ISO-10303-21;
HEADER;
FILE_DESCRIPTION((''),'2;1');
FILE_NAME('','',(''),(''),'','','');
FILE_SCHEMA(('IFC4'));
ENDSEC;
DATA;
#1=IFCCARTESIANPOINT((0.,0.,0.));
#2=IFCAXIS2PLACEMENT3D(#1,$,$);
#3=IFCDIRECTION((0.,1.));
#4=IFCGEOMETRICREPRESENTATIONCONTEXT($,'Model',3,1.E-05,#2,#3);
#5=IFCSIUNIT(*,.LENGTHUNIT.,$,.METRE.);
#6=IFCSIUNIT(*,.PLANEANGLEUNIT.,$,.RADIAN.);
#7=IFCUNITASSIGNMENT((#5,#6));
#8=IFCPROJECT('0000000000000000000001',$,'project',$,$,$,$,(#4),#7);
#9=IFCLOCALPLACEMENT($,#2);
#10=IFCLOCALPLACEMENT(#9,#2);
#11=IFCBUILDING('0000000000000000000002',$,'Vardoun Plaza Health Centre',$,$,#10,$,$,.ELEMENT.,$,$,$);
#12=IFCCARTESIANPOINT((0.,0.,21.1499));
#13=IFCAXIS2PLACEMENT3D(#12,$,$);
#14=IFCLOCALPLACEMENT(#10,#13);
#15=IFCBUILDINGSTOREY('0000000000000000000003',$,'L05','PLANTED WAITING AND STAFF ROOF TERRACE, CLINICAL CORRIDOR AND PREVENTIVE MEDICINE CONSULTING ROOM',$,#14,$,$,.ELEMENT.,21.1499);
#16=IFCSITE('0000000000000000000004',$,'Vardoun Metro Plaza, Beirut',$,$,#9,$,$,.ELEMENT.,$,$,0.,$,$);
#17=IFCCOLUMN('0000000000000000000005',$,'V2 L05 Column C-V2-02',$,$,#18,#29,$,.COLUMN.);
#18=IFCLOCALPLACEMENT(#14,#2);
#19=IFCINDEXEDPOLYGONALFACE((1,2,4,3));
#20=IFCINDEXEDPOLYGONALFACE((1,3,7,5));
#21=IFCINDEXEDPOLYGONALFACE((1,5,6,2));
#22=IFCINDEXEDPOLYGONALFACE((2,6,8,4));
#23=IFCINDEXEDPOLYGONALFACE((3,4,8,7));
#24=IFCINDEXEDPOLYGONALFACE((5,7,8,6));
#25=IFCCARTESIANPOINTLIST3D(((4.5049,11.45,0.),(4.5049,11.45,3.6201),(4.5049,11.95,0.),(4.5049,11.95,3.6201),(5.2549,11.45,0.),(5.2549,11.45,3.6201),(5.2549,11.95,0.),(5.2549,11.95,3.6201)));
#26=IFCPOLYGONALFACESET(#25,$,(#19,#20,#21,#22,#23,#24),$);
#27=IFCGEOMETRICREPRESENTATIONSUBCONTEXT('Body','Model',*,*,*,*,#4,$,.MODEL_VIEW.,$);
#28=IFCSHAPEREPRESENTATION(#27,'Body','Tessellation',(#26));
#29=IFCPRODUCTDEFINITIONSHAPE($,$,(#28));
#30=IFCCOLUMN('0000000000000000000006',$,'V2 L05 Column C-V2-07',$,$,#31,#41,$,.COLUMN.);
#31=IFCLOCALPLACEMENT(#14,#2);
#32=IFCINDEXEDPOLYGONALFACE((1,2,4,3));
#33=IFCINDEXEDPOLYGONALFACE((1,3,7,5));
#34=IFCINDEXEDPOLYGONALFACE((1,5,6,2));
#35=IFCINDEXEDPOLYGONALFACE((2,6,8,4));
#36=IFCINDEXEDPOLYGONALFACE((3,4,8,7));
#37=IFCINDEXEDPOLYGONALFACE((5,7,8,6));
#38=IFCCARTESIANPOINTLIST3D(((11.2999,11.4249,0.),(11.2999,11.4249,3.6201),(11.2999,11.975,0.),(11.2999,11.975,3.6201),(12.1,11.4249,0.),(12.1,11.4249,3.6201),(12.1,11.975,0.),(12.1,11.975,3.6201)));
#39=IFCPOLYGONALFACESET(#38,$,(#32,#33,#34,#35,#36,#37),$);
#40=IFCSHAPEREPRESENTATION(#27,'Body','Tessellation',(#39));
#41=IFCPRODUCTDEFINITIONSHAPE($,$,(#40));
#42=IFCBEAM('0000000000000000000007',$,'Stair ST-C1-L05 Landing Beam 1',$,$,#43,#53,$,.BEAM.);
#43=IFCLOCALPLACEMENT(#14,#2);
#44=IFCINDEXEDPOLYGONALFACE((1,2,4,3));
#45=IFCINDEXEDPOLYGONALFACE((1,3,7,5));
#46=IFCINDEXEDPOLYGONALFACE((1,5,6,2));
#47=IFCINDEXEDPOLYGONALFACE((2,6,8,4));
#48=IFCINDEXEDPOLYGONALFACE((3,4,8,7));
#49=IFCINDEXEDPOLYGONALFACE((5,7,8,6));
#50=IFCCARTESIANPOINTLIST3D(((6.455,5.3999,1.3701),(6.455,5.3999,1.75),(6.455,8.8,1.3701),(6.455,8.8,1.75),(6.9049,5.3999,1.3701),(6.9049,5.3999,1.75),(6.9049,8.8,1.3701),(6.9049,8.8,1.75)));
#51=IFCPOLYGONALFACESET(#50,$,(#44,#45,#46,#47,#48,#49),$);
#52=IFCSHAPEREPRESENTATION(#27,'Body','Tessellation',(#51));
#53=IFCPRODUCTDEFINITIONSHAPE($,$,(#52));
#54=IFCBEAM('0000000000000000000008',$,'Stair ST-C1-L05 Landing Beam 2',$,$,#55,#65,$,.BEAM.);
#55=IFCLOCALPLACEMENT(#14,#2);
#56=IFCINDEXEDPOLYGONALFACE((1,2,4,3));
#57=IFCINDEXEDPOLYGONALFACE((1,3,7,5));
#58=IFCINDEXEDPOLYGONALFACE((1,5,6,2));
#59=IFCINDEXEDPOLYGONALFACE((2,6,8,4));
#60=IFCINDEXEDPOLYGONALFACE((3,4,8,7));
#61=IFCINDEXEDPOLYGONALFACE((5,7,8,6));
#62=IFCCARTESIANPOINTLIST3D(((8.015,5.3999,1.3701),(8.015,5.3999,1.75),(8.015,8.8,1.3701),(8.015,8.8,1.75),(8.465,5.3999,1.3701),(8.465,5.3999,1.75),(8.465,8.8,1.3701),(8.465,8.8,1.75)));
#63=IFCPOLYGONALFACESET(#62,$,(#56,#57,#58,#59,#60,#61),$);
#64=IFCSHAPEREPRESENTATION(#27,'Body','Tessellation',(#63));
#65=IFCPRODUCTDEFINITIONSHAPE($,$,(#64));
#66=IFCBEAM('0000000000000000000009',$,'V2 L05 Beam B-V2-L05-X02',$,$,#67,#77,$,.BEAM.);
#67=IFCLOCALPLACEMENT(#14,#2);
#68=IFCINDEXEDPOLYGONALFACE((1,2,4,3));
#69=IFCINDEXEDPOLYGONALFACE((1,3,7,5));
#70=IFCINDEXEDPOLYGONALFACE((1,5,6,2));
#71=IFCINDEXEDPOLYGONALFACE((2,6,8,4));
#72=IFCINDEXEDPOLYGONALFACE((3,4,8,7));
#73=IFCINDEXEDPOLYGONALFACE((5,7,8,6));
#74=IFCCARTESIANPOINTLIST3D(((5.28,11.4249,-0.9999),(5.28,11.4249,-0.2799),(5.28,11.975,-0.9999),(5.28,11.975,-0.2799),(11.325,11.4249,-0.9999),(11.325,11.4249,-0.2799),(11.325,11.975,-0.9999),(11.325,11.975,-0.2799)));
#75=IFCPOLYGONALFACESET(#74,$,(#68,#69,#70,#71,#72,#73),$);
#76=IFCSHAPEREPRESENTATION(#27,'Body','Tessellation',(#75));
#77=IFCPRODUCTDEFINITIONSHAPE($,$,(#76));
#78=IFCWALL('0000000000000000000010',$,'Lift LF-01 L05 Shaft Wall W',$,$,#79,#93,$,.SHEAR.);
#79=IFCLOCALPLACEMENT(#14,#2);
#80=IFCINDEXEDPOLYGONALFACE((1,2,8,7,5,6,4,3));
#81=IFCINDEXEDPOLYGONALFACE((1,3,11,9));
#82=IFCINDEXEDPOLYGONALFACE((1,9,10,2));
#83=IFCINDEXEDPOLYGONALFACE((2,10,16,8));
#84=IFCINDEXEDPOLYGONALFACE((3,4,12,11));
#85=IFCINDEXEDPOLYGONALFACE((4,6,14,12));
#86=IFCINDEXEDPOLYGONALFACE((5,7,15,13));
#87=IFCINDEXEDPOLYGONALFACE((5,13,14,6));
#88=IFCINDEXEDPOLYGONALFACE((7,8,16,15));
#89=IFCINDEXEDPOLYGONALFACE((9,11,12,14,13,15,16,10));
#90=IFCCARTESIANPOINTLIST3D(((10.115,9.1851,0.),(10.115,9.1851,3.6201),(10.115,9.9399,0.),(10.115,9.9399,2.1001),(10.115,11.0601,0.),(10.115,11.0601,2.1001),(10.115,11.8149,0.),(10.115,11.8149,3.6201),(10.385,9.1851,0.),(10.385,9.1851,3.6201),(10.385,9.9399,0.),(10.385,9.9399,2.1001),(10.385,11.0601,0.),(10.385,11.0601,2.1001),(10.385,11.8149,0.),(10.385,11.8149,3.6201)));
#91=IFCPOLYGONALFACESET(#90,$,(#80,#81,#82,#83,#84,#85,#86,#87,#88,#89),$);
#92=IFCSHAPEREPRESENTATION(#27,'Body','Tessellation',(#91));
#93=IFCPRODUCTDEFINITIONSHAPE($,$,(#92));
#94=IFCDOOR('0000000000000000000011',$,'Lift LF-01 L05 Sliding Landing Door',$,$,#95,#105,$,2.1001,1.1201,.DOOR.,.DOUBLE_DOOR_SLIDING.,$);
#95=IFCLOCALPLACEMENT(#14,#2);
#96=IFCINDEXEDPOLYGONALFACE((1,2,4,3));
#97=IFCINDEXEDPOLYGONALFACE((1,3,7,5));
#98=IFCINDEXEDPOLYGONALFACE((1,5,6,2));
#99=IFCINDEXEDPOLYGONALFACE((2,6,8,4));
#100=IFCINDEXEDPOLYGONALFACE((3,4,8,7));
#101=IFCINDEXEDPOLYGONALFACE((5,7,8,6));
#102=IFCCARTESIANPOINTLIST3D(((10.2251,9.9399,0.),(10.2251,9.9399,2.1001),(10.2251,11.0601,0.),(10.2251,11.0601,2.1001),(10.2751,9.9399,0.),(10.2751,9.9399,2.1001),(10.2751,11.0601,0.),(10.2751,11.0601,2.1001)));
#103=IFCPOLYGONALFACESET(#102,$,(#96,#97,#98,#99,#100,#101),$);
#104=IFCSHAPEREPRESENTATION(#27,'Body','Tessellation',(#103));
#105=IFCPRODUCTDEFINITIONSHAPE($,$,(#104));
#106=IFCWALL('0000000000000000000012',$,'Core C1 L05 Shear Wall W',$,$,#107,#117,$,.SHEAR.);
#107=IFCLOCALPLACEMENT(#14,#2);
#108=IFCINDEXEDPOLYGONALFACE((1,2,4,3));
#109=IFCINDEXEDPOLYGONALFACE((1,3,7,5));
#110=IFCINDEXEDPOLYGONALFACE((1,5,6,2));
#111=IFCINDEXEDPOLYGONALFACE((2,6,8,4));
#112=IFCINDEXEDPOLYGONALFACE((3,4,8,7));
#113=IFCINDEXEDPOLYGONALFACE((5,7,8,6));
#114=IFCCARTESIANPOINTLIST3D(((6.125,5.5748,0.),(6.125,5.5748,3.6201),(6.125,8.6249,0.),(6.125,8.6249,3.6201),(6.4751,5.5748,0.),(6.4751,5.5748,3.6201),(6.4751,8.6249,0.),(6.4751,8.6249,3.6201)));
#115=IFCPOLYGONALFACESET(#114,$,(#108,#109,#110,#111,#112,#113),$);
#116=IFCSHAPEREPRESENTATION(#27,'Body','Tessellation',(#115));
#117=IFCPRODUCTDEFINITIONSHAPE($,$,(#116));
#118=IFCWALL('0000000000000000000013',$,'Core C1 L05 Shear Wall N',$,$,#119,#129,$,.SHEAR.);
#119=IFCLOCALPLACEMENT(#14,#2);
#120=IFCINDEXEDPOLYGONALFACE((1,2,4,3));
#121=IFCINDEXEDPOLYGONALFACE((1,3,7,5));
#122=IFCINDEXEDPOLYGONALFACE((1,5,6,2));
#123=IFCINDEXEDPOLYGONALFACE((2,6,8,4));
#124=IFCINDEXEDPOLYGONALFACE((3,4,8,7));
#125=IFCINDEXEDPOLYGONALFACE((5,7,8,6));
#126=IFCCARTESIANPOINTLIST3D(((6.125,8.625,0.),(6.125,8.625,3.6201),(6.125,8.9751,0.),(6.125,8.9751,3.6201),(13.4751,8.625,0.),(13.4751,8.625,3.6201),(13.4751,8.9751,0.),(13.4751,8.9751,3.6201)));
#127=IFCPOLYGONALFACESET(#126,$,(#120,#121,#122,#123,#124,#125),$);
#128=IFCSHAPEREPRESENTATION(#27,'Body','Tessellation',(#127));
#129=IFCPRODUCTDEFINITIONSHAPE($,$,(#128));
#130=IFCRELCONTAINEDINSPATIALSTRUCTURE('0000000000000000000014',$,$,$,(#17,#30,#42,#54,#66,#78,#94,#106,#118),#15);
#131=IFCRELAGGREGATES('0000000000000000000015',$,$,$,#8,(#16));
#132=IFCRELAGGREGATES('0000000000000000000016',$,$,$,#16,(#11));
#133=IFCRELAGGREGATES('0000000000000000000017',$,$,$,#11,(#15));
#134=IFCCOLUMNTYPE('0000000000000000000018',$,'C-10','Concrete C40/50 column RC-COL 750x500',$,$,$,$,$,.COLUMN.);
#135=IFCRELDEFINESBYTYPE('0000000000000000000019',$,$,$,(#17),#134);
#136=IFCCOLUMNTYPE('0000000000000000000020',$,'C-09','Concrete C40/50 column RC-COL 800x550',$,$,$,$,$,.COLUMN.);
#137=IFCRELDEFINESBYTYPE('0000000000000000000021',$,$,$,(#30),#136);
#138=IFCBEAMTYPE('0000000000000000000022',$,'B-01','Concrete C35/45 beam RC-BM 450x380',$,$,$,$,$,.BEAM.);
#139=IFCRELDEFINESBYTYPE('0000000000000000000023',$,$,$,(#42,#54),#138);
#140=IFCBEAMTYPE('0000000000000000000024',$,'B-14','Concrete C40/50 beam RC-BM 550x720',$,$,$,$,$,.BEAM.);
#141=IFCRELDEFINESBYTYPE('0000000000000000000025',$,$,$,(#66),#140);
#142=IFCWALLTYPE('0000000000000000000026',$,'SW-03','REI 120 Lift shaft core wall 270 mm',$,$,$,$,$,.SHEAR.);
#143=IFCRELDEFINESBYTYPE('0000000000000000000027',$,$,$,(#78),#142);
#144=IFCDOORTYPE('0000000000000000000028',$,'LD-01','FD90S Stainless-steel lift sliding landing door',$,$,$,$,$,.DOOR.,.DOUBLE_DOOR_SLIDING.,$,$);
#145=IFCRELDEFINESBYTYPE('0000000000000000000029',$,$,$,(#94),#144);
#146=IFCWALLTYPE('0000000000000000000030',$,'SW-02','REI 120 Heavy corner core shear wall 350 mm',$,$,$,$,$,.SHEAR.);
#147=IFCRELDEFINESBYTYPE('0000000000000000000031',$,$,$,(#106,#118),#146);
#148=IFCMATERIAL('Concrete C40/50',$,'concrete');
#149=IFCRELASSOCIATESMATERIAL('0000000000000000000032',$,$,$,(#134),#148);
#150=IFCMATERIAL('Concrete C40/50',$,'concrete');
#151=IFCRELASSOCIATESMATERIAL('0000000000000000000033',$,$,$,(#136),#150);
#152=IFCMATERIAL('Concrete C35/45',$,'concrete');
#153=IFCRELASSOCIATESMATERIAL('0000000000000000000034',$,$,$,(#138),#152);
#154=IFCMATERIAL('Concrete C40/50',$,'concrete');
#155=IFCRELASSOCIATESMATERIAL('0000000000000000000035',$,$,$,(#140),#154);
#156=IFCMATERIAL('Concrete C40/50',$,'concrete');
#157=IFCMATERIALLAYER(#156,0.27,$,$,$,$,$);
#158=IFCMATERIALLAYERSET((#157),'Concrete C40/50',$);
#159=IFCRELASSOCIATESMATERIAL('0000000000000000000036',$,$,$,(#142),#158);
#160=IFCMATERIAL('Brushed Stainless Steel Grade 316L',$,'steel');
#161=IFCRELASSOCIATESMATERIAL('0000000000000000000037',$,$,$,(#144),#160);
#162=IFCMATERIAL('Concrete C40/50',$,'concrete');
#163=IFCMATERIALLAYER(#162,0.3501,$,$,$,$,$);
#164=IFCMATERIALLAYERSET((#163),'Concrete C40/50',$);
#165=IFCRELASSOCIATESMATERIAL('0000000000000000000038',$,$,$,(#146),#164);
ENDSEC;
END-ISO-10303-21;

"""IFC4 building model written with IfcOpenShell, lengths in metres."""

from ifc_helpers import new_model, si_unit, direction, frame, frame_2d, origin, origin_2d, place, context, subcontext, project, spatial, rectangle, extrude, material, layer, layer_set, material_profile, profile_set, type_object, element, fill, save


model = new_model("IFC4")

# Units and contexts
model_context = context("Model", 3, precision=1e-05, world=origin(), true_north=direction((0.0, 1.0)))
body_context = subcontext(model_context, "Body", "Model", "MODEL_VIEW")
ifc_project = project(units=[si_unit("LENGTHUNIT", "METRE"), si_unit("PLANEANGLEUNIT", "RADIAN")], contexts=[model_context])

# Site, building, storey
site_placement = place(None, origin())
site = spatial("IfcSite", under=ifc_project, at=site_placement, Name="Vardoun Metro Plaza, Beirut", CompositionType="ELEMENT", RefElevation=0.0)
building_placement = place(site_placement, origin())
building = spatial("IfcBuilding", under=site, at=building_placement, Name="Vardoun Plaza Health Centre", CompositionType="ELEMENT")
storey_placement = place(building_placement, frame((0.0, 0.0, 21.1499)))
storey = spatial("IfcBuildingStorey", under=building, at=storey_placement, Name="L05", Description="PLANTED WAITING AND STAFF ROOF TERRACE, CLINICAL CORRIDOR AND PREVENTIVE MEDICINE CONSULTING ROOM", CompositionType="ELEMENT", Elevation=21.1499)

# Columns
ifc_material_1 = material(Name="Concrete C40/50", Category="concrete")
ifc_material_profile_1 = material_profile(ifc_material_1, rectangle(XDim=0.75, YDim=0.5, at=origin_2d()), Name="RC-COL 750x500")
ifc_profile_set_1 = profile_set([ifc_material_profile_1], Name="Concrete C40/50")
column_type_1 = type_object("IfcColumnType", Name="C-10", Description="Concrete C40/50 column RC-COL 750x500", PredefinedType="COLUMN", material=ifc_profile_set_1)
column_1_placement = place(storey_placement, frame((4.8799, 11.7, 0.0), z_axis=(0.0, 0.0, 1.0), x_axis=(1.0, 0.0, 0.0)))
element("IfcColumn", 1, at=column_1_placement, inside=storey, type_object=column_type_1, Name="V2 L05 Column C-V2-02", PredefinedType="COLUMN", context=body_context, shape_type="SweptSolid", body=[
    extrude(rectangle(XDim=0.75, YDim=0.5, at=origin_2d()), origin(), (0.0, 0.0, 1.0), 3.6201),
])
ifc_material_2 = material(Name="Concrete C40/50", Category="concrete")
ifc_material_profile_2 = material_profile(ifc_material_2, rectangle(XDim=0.8, YDim=0.55, at=origin_2d()), Name="RC-COL 800x550")
ifc_profile_set_2 = profile_set([ifc_material_profile_2], Name="Concrete C40/50")
column_type_2 = type_object("IfcColumnType", Name="C-09", Description="Concrete C40/50 column RC-COL 800x550", PredefinedType="COLUMN", material=ifc_profile_set_2)
column_2_placement = place(storey_placement, frame((11.7, 11.7, 0.0), z_axis=(0.0, 0.0, 1.0), x_axis=(1.0, 0.0, 0.0)))
element("IfcColumn", 2, at=column_2_placement, inside=storey, type_object=column_type_2, Name="V2 L05 Column C-V2-07", PredefinedType="COLUMN", context=body_context, shape_type="SweptSolid", body=[
    extrude(rectangle(XDim=0.8, YDim=0.55, at=origin_2d()), origin(), (0.0, 0.0, 1.0), 3.6201),
])

# Beams
ifc_material_3 = material(Name="Concrete C35/45", Category="concrete")
ifc_material_profile_3 = material_profile(ifc_material_3, rectangle(XDim=0.45, YDim=0.3799, at=origin_2d()), Name="RC-BM 450x380")
ifc_profile_set_3 = profile_set([ifc_material_profile_3], Name="Concrete C35/45")
beam_type_1 = type_object("IfcBeamType", Name="B-01", Description="Concrete C35/45 beam RC-BM 450x380", PredefinedType="BEAM", material=ifc_profile_set_3)
for number, where, z_axis, x_axis, name in (
    (3, (6.6799, 5.3999, 1.5601), (0.0, 1.0, 0.0), (-1.0, 0.0, 0.0), "Stair ST-C1-L05 Landing Beam 1"),
    (4, (8.24, 5.3999, 1.5601), (0.0, 1.0, 0.0), (-1.0, 0.0, 0.0), "Stair ST-C1-L05 Landing Beam 2"),
):
    element("IfcBeam", number, at=place(storey_placement, frame(where, z_axis=z_axis, x_axis=x_axis)), inside=storey, type_object=beam_type_1, Name=name, PredefinedType="BEAM", context=body_context, shape_type="SweptSolid", body=[
        extrude(rectangle(XDim=0.45, YDim=0.3799, at=origin_2d()), origin(), (0.0, 0.0, 1.0), 3.4001),
    ])
ifc_material_4 = material(Name="Concrete C40/50", Category="concrete")
ifc_material_profile_4 = material_profile(ifc_material_4, rectangle(XDim=0.55, YDim=0.72, at=origin_2d()), Name="RC-BM 550x720")
ifc_profile_set_4 = profile_set([ifc_material_profile_4], Name="Concrete C40/50")
beam_type_2 = type_object("IfcBeamType", Name="B-14", Description="Concrete C40/50 beam RC-BM 550x720", PredefinedType="BEAM", material=ifc_profile_set_4)
beam_placement = place(storey_placement, frame((5.28, 11.7, -0.6399), z_axis=(1.0, 0.0, 0.0), x_axis=(0.0, 1.0, 0.0)))
element("IfcBeam", 5, at=beam_placement, inside=storey, type_object=beam_type_2, Name="V2 L05 Beam B-V2-L05-X02", PredefinedType="BEAM", context=body_context, shape_type="SweptSolid", body=[
    extrude(rectangle(XDim=0.55, YDim=0.72, at=origin_2d()), origin(), (0.0, 0.0, 1.0), 6.0449),
])

# Wall, opening, door
ifc_material_5 = material(Name="Concrete C40/50", Category="concrete")
ifc_layer_1 = layer(ifc_material_5, 0.27)
ifc_layer_set_1 = layer_set([ifc_layer_1], Name="Concrete C40/50")
wall_type_1 = type_object("IfcWallType", Name="SW-03", Description="REI 120 Lift shaft core wall 270 mm", PredefinedType="SHEAR", material=ifc_layer_set_1)
wall_1_placement = place(storey_placement, frame((10.25, 9.1851, 0.0), z_axis=(0.0, 0.0, 1.0), x_axis=(0.0, 1.0, 0.0)))
wall_1 = element("IfcWall", 6, at=wall_1_placement, inside=storey, type_object=wall_type_1, Name="Lift LF-01 L05 Shaft Wall W", PredefinedType="SHEAR", context=body_context, shape_type="SweptSolid", body=[
    extrude(rectangle(XDim=2.6299, YDim=0.27, at=frame_2d((1.3149, 0.0))), origin(), (0.0, 0.0, 1.0), 3.6201),
])
opening_1_placement = place(wall_1_placement, frame((0.7549, 0.0, 0.0)))
opening_1 = element("IfcOpeningElement", 7, at=opening_1_placement, cuts=wall_1, PredefinedType="OPENING", context=body_context, shape_type="SweptSolid", body=[
    extrude(rectangle(XDim=1.1201, YDim=2.1001, at=frame_2d((0.5601, 1.05))), frame((0.0, 0.135, 0.0), z_axis=(0.0, -1.0, 0.0), x_axis=(1.0, 0.0, 0.0)), (0.0, 0.0, 1.0), 0.27),
])
ifc_material_6 = material(Name="Brushed Stainless Steel Grade 316L", Category="steel")
door_type = type_object("IfcDoorType", Name="LD-01", Description="FD90S Stainless-steel lift sliding landing door", OperationType="DOUBLE_DOOR_SLIDING", PredefinedType="DOOR", material=ifc_material_6)
door_placement = place(opening_1_placement, origin())
door = element("IfcDoor", 8, at=door_placement, inside=storey, type_object=door_type, Name="Lift LF-01 L05 Sliding Landing Door", OperationType="DOUBLE_DOOR_SLIDING", OverallHeight=2.1001, OverallWidth=1.1201, PredefinedType="DOOR", context=body_context, shape_type="SweptSolid", body=[
    extrude(rectangle(XDim=1.1201, YDim=2.1001, at=frame_2d((0.5601, 1.05))), frame((0.0, 0.0249, 0.0), z_axis=(0.0, -1.0, 0.0), x_axis=(1.0, 0.0, 0.0)), (0.0, 0.0, 1.0), 0.05),
])
fill(opening_1, door)

# Walls
ifc_material_7 = material(Name="Concrete C40/50", Category="concrete")
ifc_layer_2 = layer(ifc_material_7, 0.3501)
ifc_layer_set_2 = layer_set([ifc_layer_2], Name="Concrete C40/50")
wall_type_2 = type_object("IfcWallType", Name="SW-02", Description="REI 120 Heavy corner core shear wall 350 mm", PredefinedType="SHEAR", material=ifc_layer_set_2)
wall_2_placement = place(storey_placement, frame((6.3, 5.575, 0.0), z_axis=(0.0, 0.0, 1.0), x_axis=(0.0, 1.0, 0.0)))
element("IfcWall", 9, at=wall_2_placement, inside=storey, type_object=wall_type_2, Name="Core C1 L05 Shear Wall W", PredefinedType="SHEAR", context=body_context, shape_type="SweptSolid", body=[
    extrude(rectangle(XDim=3.05, YDim=0.3501, at=frame_2d((1.5249, 0.0))), origin(), (0.0, 0.0, 1.0), 3.6201),
])
wall_3_placement = place(storey_placement, frame((6.125, 8.8, 0.0), z_axis=(0.0, 0.0, 1.0), x_axis=(1.0, 0.0, 0.0)))
element("IfcWall", 10, at=wall_3_placement, inside=storey, type_object=wall_type_2, Name="Core C1 L05 Shear Wall N", PredefinedType="SHEAR", context=body_context, shape_type="SweptSolid", body=[
    extrude(rectangle(XDim=7.3501, YDim=0.3501, at=frame_2d((3.675, 0.0))), origin(), (0.0, 0.0, 1.0), 3.6201),
])

save(model, "model.ifc")
